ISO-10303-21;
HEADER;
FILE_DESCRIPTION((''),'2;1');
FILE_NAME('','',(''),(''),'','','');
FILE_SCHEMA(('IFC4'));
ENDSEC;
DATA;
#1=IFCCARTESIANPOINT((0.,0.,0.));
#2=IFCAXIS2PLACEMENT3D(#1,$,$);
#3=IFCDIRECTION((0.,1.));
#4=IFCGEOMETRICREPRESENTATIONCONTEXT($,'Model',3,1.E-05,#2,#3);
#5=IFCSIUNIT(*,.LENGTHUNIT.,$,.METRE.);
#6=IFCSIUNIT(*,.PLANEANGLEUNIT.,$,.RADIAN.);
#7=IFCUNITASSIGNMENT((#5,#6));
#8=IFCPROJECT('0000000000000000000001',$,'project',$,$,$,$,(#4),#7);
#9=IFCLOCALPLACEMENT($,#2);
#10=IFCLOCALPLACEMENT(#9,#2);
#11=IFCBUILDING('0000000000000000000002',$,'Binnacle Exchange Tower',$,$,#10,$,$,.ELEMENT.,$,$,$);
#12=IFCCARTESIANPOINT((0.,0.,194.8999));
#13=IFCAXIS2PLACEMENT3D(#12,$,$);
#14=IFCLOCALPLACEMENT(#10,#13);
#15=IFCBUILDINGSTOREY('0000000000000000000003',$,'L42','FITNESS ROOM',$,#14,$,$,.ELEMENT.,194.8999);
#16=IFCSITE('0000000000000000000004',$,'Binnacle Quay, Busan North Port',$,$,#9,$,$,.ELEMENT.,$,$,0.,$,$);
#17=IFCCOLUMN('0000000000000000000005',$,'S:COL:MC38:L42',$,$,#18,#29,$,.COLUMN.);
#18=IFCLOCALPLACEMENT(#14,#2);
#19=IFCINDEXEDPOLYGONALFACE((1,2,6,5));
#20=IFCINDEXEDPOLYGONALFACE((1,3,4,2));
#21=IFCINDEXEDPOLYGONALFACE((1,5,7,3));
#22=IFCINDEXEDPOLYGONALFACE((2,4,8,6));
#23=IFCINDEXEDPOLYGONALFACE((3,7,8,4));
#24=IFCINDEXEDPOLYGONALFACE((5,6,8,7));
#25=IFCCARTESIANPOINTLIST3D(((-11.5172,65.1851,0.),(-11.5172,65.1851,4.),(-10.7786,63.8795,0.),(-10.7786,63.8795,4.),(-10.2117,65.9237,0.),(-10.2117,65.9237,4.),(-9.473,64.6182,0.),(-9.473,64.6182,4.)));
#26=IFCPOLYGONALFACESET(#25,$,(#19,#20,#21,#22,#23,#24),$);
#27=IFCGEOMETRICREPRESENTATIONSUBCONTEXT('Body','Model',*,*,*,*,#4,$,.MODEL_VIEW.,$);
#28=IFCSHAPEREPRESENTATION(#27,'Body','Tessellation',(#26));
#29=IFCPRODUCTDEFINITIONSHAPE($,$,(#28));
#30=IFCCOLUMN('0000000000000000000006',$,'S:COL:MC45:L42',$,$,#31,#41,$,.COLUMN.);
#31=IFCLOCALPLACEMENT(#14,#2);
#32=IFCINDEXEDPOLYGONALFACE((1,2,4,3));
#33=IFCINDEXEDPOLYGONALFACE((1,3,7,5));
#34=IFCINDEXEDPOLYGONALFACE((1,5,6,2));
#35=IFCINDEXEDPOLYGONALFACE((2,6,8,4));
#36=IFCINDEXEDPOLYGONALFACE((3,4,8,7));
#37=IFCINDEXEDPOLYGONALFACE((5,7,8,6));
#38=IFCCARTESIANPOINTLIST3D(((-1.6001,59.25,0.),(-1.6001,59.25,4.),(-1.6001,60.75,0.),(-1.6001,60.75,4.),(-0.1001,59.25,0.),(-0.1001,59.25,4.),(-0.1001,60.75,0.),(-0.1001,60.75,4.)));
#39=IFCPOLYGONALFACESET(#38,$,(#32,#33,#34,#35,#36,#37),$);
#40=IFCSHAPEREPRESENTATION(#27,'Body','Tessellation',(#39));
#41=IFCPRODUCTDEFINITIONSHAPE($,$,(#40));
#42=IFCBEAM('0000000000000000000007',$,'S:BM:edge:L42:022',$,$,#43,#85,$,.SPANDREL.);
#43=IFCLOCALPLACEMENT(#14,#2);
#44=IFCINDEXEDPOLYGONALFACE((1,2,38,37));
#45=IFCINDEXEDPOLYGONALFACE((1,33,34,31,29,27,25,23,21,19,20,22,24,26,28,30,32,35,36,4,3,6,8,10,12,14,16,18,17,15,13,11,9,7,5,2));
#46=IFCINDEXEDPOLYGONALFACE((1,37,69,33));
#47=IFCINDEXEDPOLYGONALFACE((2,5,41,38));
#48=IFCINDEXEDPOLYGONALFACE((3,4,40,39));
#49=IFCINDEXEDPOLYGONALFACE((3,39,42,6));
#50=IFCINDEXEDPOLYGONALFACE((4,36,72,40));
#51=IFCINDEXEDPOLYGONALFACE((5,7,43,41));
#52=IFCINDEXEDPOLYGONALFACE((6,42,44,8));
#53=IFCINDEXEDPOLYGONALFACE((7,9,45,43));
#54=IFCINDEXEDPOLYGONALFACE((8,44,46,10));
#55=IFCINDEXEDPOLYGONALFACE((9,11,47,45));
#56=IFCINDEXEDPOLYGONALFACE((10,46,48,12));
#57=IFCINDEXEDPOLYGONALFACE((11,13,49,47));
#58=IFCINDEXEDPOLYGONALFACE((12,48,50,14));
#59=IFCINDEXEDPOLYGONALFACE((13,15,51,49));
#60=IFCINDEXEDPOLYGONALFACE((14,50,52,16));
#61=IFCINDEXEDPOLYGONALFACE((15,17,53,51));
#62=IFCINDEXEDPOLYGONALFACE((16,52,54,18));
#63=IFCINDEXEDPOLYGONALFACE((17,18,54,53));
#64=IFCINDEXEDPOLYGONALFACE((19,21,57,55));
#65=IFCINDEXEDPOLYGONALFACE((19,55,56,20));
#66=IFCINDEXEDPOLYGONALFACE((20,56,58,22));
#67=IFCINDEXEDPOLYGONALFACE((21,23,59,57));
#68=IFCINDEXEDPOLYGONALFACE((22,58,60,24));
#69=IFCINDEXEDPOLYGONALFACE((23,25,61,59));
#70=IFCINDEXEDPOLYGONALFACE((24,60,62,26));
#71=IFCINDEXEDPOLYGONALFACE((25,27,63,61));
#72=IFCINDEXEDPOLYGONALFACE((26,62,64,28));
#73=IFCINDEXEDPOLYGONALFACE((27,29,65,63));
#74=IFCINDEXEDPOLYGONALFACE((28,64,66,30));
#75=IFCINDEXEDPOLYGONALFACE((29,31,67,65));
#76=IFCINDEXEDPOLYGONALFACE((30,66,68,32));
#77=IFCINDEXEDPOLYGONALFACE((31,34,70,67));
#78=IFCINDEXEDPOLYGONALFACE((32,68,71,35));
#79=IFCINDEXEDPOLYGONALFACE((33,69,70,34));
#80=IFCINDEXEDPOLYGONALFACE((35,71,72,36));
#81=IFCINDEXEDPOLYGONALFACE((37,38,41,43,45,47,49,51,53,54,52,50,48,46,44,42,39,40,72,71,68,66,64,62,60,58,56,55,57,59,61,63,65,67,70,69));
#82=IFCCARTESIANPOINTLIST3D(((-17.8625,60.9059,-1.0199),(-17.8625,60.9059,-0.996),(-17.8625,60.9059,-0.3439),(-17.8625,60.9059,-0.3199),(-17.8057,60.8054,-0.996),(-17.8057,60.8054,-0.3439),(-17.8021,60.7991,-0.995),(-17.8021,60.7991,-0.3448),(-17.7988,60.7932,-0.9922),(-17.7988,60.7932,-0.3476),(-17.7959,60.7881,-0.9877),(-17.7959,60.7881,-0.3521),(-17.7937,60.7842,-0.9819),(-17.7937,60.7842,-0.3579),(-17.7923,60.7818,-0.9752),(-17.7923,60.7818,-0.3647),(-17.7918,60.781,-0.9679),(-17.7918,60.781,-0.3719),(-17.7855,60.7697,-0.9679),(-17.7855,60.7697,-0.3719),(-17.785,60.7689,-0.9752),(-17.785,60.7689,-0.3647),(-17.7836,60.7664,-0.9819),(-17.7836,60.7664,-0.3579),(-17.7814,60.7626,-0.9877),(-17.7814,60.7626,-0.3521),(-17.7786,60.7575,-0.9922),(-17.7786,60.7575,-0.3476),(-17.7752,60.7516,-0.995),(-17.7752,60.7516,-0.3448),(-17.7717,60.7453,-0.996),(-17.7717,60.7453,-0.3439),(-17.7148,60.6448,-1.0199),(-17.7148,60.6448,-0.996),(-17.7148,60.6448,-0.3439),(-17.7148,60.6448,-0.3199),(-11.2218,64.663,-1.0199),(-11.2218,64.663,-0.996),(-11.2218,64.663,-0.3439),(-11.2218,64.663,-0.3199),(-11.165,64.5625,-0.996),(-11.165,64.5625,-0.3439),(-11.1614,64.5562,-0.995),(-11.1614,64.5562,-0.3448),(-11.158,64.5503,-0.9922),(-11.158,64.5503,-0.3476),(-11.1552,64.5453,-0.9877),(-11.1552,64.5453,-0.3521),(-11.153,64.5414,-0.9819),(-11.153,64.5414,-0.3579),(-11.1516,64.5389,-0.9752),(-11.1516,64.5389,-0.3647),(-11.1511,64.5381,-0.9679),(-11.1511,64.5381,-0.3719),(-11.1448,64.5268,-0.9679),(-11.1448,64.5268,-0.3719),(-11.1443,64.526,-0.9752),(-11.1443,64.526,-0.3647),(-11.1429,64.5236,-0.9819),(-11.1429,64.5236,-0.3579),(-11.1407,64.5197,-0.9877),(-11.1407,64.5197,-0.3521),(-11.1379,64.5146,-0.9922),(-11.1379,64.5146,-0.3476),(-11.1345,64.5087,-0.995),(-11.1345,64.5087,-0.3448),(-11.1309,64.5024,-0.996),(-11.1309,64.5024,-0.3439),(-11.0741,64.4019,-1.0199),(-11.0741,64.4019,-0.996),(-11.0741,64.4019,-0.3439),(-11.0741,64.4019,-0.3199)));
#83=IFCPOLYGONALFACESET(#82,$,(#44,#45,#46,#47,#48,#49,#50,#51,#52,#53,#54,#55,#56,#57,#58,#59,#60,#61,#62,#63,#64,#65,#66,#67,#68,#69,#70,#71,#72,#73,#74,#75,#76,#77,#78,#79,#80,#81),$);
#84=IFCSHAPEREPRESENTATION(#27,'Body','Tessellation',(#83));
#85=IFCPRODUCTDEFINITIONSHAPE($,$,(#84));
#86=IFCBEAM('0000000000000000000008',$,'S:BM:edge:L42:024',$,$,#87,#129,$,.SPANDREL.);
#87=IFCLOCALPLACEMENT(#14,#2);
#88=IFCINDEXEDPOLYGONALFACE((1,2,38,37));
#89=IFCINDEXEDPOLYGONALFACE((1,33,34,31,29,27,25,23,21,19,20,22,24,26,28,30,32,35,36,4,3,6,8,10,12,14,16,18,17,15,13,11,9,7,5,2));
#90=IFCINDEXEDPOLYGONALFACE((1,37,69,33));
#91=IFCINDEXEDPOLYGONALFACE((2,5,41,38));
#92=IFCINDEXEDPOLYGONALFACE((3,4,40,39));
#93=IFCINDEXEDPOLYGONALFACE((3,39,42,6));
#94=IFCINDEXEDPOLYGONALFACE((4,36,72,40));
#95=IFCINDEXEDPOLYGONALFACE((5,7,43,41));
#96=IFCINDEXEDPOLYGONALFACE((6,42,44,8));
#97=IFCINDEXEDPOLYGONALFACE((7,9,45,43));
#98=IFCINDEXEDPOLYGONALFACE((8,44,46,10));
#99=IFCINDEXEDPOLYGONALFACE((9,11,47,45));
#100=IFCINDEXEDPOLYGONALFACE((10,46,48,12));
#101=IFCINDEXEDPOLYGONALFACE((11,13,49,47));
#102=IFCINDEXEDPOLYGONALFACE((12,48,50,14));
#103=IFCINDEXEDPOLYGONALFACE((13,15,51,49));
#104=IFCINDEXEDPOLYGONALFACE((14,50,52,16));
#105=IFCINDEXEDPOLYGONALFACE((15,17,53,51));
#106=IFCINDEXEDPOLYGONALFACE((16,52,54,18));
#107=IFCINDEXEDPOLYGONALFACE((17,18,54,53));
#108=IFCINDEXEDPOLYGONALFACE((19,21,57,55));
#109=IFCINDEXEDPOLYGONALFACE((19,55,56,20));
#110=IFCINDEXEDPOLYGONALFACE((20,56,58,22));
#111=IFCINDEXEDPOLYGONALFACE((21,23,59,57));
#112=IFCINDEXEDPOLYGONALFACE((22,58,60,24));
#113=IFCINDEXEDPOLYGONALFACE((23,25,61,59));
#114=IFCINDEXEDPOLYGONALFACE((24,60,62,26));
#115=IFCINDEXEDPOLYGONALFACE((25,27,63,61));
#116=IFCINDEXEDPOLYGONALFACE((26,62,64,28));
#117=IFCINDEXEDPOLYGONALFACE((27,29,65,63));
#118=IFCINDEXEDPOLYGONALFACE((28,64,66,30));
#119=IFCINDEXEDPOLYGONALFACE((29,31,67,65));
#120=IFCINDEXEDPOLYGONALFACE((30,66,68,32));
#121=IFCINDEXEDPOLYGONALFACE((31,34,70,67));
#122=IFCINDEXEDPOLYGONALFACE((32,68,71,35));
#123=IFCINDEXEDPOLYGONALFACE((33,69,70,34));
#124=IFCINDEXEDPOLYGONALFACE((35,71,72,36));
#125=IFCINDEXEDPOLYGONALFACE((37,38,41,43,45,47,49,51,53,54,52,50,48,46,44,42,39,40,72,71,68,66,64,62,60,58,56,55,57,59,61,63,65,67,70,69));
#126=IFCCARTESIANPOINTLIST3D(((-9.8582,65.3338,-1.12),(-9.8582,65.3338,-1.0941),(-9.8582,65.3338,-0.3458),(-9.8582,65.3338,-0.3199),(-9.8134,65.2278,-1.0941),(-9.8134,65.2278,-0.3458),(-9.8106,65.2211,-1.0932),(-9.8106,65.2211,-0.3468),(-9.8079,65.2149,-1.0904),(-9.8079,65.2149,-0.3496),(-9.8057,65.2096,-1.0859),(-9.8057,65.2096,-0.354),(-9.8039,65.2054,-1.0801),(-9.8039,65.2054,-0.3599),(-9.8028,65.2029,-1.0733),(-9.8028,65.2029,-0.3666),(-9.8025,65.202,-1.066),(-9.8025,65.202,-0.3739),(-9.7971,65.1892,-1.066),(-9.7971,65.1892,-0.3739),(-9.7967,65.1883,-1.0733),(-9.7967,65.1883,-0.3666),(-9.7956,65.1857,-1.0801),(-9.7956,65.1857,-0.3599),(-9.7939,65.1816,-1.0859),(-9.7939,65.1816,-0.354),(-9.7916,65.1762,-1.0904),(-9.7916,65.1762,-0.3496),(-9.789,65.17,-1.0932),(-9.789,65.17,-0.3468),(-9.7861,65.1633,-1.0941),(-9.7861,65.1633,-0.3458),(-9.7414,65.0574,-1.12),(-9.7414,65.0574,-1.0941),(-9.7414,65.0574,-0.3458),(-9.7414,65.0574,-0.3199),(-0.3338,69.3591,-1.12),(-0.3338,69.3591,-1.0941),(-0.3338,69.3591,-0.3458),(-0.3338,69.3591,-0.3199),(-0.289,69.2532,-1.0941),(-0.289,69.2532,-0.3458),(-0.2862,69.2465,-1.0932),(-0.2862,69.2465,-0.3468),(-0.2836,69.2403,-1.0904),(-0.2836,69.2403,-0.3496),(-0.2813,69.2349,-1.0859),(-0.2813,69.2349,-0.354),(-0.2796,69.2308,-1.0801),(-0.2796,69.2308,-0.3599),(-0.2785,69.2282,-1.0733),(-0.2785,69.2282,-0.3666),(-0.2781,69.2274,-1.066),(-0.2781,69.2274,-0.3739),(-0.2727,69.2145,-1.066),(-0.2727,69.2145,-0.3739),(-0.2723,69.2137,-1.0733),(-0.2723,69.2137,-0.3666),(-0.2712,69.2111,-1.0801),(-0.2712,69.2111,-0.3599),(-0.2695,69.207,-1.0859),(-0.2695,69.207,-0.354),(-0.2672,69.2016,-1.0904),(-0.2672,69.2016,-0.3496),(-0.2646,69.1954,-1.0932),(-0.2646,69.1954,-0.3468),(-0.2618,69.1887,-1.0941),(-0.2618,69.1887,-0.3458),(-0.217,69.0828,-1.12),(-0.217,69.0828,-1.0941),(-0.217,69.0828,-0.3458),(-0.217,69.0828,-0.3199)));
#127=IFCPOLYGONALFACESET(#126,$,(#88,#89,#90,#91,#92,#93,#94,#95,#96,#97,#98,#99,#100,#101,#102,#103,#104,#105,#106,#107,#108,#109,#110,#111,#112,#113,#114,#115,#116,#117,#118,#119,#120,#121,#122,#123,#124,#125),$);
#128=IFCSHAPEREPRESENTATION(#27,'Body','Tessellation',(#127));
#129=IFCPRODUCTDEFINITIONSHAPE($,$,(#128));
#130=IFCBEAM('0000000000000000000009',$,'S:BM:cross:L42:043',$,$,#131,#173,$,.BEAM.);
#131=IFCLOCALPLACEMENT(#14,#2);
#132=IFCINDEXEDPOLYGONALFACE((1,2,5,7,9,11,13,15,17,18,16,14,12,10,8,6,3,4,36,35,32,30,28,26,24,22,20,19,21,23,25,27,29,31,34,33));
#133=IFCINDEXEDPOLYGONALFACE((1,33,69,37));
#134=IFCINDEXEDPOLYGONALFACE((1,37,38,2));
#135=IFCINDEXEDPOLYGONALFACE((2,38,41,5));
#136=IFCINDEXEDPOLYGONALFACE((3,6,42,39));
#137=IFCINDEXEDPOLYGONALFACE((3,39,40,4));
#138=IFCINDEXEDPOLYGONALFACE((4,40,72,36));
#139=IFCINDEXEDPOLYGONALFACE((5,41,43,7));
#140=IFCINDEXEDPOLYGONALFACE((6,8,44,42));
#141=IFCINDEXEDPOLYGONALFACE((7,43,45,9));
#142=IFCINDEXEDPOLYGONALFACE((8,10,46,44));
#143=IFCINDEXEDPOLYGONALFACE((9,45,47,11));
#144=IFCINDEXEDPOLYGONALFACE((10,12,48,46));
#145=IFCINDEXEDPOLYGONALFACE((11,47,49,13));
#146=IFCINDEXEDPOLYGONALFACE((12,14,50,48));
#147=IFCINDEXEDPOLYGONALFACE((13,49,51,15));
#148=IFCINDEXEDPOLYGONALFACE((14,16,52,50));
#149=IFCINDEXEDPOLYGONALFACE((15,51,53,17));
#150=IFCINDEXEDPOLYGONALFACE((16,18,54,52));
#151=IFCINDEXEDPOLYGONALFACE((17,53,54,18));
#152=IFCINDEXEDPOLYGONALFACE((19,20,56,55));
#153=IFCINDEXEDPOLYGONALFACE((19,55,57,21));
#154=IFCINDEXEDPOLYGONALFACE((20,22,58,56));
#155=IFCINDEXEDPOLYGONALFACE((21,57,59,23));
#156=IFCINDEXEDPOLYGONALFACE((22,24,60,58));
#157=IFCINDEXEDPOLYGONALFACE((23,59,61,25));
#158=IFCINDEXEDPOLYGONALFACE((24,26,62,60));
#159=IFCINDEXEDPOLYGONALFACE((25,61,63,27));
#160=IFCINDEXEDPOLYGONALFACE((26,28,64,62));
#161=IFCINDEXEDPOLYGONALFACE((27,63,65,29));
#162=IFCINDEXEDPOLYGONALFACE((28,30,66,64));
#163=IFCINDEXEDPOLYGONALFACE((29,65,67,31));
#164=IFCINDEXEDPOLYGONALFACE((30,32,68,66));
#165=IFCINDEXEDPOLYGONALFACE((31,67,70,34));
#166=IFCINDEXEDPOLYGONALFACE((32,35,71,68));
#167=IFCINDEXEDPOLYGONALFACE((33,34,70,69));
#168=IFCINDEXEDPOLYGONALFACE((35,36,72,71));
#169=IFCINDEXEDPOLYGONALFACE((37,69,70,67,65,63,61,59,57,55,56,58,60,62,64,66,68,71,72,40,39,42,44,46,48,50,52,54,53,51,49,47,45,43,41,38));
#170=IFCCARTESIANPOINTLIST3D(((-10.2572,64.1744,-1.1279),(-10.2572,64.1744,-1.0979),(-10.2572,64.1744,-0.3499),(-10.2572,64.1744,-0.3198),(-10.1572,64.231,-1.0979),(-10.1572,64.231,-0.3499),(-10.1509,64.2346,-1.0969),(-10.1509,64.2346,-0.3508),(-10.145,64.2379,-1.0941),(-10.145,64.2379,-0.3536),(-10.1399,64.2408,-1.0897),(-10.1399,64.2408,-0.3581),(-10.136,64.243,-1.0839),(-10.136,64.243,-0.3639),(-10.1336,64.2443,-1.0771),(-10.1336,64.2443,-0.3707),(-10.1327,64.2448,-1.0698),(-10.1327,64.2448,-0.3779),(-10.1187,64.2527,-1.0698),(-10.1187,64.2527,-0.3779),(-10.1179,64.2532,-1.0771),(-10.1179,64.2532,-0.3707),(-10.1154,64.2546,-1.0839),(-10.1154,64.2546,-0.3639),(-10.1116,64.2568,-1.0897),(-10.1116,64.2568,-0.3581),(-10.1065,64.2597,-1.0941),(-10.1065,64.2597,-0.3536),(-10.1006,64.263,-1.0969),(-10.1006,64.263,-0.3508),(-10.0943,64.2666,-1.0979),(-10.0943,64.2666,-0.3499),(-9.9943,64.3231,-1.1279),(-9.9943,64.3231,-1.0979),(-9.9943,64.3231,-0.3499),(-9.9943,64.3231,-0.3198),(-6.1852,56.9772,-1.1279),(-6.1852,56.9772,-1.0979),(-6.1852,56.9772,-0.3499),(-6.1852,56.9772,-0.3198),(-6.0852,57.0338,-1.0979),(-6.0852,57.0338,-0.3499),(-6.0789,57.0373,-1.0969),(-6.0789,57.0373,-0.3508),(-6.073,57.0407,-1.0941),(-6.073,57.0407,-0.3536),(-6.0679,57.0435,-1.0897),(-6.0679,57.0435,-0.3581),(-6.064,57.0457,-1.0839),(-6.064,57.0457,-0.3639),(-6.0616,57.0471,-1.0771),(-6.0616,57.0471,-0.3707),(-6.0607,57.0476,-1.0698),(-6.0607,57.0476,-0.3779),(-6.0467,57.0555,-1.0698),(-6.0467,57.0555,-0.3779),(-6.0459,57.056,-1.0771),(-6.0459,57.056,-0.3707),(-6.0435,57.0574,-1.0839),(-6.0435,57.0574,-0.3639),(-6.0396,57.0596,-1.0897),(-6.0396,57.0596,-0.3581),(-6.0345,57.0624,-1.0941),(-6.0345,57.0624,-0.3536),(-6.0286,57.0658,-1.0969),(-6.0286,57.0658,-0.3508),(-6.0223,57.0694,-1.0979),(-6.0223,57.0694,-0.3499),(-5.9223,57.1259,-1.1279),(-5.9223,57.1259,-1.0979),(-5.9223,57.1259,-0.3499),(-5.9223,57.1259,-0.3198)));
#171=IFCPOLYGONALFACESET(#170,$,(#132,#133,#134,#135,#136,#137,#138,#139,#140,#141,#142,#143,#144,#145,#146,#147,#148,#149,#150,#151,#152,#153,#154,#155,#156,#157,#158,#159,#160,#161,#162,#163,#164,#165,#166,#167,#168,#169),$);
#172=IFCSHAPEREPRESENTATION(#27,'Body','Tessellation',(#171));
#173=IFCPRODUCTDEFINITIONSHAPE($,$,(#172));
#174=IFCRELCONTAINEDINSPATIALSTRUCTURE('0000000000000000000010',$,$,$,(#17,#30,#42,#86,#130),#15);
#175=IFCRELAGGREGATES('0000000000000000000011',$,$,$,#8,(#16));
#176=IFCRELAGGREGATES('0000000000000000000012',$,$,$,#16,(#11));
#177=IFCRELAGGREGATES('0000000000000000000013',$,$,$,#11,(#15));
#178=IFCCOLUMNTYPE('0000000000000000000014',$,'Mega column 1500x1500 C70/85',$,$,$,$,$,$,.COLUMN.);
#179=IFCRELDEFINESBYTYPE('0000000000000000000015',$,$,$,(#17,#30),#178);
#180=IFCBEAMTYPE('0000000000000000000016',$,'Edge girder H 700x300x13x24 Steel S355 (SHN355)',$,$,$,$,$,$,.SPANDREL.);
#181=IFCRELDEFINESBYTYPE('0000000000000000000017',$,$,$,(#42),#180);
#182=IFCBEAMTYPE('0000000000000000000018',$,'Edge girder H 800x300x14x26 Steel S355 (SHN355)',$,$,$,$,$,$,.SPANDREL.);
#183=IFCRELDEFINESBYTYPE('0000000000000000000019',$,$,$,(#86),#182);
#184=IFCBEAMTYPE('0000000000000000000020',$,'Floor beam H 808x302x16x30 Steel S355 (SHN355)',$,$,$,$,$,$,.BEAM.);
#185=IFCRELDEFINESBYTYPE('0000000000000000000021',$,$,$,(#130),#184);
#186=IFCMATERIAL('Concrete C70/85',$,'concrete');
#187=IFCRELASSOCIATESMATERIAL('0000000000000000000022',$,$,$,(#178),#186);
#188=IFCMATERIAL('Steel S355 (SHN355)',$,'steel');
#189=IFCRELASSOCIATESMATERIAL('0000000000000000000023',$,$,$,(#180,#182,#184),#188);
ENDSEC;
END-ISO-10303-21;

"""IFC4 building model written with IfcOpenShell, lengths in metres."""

from ifc_helpers import new_model, si_unit, direction, frame, origin, origin_2d, place, context, subcontext, project, spatial, rectangle, i_section, extrude, material, material_profile, profile_set, type_object, element, save


model = new_model("IFC4")

# Units and contexts
model_context = context("Model", 3, precision=1e-05, world=origin(), true_north=direction((0.0, 1.0)))
body_context = subcontext(model_context, "Body", "Model", "MODEL_VIEW")
ifc_project = project(units=[si_unit("LENGTHUNIT", "METRE"), si_unit("PLANEANGLEUNIT", "RADIAN")], contexts=[model_context])

# Site, building, storey
site_placement = place(None, origin())
site = spatial("IfcSite", under=ifc_project, at=site_placement, Name="Binnacle Quay, Busan North Port", CompositionType="ELEMENT", RefElevation=0.0)
building_placement = place(site_placement, origin())
building = spatial("IfcBuilding", under=site, at=building_placement, Name="Binnacle Exchange Tower", CompositionType="ELEMENT")
storey_placement = place(building_placement, frame((0.0, 0.0, 194.8999)))
storey = spatial("IfcBuildingStorey", under=building, at=storey_placement, Name="L42", Description="FITNESS ROOM", CompositionType="ELEMENT", Elevation=194.8999)

# Columns
ifc_material_1 = material(Name="Concrete C70/85", Category="concrete")
ifc_material_profile_1 = material_profile(ifc_material_1, rectangle(XDim=1.5, YDim=1.5, at=origin_2d()), Name="Mega column 1500x1500 C70/85")
ifc_profile_set_1 = profile_set([ifc_material_profile_1], Name="Concrete C70/85")
column_type = type_object("IfcColumnType", Name="Mega column 1500x1500 C70/85", PredefinedType="COLUMN", material=ifc_profile_set_1)
for number, where, z_axis, x_axis, name in (
    (1, (-10.4951, 64.9016, 0.0), (0.0, 0.0, 1.0), (-0.870356, -0.492424, 0.0), "S:COL:MC38:L42"),
    (2, (-0.8501, 60.0, 0.0), (0.0, 0.0, 1.0), (0.0, 1.0, 0.0), "S:COL:MC45:L42"),
):
    element("IfcColumn", number, at=place(storey_placement, frame(where, z_axis=z_axis, x_axis=x_axis)), inside=storey, type_object=column_type, Name=name, PredefinedType="COLUMN", context=body_context, shape_type="SweptSolid", body=[
        extrude(rectangle(XDim=1.5, YDim=1.5, at=origin_2d()), origin(), (0.0, 0.0, 1.0), 4.0),
    ])

# Beams
ifc_material_2 = material(Name="Steel S355 (SHN355)", Category="steel")
ifc_material_profile_2 = material_profile(ifc_material_2, i_section(OverallWidth=0.3, OverallDepth=0.7, WebThickness=0.0129, FlangeThickness=0.0239, FilletRadius=0.0281, at=origin_2d()), Name="H 700x300x13x24")
ifc_profile_set_2 = profile_set([ifc_material_profile_2], Name="Steel S355 (SHN355)")
beam_type_1 = type_object("IfcBeamType", Name="Edge girder H 700x300x13x24 Steel S355 (SHN355)", PredefinedType="SPANDREL", material=ifc_profile_set_2)
beam_1_placement = place(storey_placement, frame((-11.1479, 64.5325, -0.6699), z_axis=(-0.870356, -0.492423, 0.0), x_axis=(0.492423, -0.870356, 0.0)))
element("IfcBeam", 3, at=beam_1_placement, inside=storey, type_object=beam_type_1, Name="S:BM:edge:L42:022", PredefinedType="SPANDREL", context=body_context, shape_type="SweptSolid", body=[
    extrude(i_section(OverallWidth=0.3, OverallDepth=0.7, WebThickness=0.0129, FlangeThickness=0.0239, FilletRadius=0.0281, at=origin_2d()), origin(), (0.0, 0.0, 1.0), 7.6299),
])
ifc_material_profile_3 = material_profile(ifc_material_2, i_section(OverallWidth=0.3, OverallDepth=0.8, WebThickness=0.0139, FlangeThickness=0.0259, FilletRadius=0.0281, at=origin_2d()), Name="H 800x300x14x26")
ifc_profile_set_3 = profile_set([ifc_material_profile_3], Name="Steel S355 (SHN355)")
beam_type_2 = type_object("IfcBeamType", Name="Edge girder H 800x300x14x26 Steel S355 (SHN355)", PredefinedType="SPANDREL", material=ifc_profile_set_3)
beam_2_placement = place(storey_placement, frame((-0.2754, 69.2209, -0.72), z_axis=(-0.921112, -0.389298, 0.0), x_axis=(0.389298, -0.921112, 0.0)))
element("IfcBeam", 4, at=beam_2_placement, inside=storey, type_object=beam_type_2, Name="S:BM:edge:L42:024", PredefinedType="SPANDREL", context=body_context, shape_type="SweptSolid", body=[
    extrude(i_section(OverallWidth=0.3, OverallDepth=0.8, WebThickness=0.0139, FlangeThickness=0.0259, FilletRadius=0.0281, at=origin_2d()), origin(), (0.0, 0.0, 1.0), 10.3401),
])
ifc_material_profile_4 = material_profile(ifc_material_2, i_section(OverallWidth=0.302, OverallDepth=0.8081, WebThickness=0.0161, FlangeThickness=0.03, FilletRadius=0.0281, at=origin_2d()), Name="H 808x302x16x30")
ifc_profile_set_4 = profile_set([ifc_material_profile_4], Name="Steel S355 (SHN355)")
beam_type_3 = type_object("IfcBeamType", Name="Floor beam H 808x302x16x30 Steel S355 (SHN355)", PredefinedType="BEAM", material=ifc_profile_set_4)
beam_3_placement = place(storey_placement, frame((-10.1257, 64.2488, -0.7239), z_axis=(0.492424, -0.870355, 0.0), x_axis=(0.870355, 0.492424, 0.0)))
element("IfcBeam", 5, at=beam_3_placement, inside=storey, type_object=beam_type_3, Name="S:BM:cross:L42:043", PredefinedType="BEAM", context=body_context, shape_type="SweptSolid", body=[
    extrude(i_section(OverallWidth=0.302, OverallDepth=0.8081, WebThickness=0.0161, FlangeThickness=0.03, FilletRadius=0.0281, at=origin_2d()), origin(), (0.0, 0.0, 1.0), 8.2693),
])

save(model, "model.ifc")
